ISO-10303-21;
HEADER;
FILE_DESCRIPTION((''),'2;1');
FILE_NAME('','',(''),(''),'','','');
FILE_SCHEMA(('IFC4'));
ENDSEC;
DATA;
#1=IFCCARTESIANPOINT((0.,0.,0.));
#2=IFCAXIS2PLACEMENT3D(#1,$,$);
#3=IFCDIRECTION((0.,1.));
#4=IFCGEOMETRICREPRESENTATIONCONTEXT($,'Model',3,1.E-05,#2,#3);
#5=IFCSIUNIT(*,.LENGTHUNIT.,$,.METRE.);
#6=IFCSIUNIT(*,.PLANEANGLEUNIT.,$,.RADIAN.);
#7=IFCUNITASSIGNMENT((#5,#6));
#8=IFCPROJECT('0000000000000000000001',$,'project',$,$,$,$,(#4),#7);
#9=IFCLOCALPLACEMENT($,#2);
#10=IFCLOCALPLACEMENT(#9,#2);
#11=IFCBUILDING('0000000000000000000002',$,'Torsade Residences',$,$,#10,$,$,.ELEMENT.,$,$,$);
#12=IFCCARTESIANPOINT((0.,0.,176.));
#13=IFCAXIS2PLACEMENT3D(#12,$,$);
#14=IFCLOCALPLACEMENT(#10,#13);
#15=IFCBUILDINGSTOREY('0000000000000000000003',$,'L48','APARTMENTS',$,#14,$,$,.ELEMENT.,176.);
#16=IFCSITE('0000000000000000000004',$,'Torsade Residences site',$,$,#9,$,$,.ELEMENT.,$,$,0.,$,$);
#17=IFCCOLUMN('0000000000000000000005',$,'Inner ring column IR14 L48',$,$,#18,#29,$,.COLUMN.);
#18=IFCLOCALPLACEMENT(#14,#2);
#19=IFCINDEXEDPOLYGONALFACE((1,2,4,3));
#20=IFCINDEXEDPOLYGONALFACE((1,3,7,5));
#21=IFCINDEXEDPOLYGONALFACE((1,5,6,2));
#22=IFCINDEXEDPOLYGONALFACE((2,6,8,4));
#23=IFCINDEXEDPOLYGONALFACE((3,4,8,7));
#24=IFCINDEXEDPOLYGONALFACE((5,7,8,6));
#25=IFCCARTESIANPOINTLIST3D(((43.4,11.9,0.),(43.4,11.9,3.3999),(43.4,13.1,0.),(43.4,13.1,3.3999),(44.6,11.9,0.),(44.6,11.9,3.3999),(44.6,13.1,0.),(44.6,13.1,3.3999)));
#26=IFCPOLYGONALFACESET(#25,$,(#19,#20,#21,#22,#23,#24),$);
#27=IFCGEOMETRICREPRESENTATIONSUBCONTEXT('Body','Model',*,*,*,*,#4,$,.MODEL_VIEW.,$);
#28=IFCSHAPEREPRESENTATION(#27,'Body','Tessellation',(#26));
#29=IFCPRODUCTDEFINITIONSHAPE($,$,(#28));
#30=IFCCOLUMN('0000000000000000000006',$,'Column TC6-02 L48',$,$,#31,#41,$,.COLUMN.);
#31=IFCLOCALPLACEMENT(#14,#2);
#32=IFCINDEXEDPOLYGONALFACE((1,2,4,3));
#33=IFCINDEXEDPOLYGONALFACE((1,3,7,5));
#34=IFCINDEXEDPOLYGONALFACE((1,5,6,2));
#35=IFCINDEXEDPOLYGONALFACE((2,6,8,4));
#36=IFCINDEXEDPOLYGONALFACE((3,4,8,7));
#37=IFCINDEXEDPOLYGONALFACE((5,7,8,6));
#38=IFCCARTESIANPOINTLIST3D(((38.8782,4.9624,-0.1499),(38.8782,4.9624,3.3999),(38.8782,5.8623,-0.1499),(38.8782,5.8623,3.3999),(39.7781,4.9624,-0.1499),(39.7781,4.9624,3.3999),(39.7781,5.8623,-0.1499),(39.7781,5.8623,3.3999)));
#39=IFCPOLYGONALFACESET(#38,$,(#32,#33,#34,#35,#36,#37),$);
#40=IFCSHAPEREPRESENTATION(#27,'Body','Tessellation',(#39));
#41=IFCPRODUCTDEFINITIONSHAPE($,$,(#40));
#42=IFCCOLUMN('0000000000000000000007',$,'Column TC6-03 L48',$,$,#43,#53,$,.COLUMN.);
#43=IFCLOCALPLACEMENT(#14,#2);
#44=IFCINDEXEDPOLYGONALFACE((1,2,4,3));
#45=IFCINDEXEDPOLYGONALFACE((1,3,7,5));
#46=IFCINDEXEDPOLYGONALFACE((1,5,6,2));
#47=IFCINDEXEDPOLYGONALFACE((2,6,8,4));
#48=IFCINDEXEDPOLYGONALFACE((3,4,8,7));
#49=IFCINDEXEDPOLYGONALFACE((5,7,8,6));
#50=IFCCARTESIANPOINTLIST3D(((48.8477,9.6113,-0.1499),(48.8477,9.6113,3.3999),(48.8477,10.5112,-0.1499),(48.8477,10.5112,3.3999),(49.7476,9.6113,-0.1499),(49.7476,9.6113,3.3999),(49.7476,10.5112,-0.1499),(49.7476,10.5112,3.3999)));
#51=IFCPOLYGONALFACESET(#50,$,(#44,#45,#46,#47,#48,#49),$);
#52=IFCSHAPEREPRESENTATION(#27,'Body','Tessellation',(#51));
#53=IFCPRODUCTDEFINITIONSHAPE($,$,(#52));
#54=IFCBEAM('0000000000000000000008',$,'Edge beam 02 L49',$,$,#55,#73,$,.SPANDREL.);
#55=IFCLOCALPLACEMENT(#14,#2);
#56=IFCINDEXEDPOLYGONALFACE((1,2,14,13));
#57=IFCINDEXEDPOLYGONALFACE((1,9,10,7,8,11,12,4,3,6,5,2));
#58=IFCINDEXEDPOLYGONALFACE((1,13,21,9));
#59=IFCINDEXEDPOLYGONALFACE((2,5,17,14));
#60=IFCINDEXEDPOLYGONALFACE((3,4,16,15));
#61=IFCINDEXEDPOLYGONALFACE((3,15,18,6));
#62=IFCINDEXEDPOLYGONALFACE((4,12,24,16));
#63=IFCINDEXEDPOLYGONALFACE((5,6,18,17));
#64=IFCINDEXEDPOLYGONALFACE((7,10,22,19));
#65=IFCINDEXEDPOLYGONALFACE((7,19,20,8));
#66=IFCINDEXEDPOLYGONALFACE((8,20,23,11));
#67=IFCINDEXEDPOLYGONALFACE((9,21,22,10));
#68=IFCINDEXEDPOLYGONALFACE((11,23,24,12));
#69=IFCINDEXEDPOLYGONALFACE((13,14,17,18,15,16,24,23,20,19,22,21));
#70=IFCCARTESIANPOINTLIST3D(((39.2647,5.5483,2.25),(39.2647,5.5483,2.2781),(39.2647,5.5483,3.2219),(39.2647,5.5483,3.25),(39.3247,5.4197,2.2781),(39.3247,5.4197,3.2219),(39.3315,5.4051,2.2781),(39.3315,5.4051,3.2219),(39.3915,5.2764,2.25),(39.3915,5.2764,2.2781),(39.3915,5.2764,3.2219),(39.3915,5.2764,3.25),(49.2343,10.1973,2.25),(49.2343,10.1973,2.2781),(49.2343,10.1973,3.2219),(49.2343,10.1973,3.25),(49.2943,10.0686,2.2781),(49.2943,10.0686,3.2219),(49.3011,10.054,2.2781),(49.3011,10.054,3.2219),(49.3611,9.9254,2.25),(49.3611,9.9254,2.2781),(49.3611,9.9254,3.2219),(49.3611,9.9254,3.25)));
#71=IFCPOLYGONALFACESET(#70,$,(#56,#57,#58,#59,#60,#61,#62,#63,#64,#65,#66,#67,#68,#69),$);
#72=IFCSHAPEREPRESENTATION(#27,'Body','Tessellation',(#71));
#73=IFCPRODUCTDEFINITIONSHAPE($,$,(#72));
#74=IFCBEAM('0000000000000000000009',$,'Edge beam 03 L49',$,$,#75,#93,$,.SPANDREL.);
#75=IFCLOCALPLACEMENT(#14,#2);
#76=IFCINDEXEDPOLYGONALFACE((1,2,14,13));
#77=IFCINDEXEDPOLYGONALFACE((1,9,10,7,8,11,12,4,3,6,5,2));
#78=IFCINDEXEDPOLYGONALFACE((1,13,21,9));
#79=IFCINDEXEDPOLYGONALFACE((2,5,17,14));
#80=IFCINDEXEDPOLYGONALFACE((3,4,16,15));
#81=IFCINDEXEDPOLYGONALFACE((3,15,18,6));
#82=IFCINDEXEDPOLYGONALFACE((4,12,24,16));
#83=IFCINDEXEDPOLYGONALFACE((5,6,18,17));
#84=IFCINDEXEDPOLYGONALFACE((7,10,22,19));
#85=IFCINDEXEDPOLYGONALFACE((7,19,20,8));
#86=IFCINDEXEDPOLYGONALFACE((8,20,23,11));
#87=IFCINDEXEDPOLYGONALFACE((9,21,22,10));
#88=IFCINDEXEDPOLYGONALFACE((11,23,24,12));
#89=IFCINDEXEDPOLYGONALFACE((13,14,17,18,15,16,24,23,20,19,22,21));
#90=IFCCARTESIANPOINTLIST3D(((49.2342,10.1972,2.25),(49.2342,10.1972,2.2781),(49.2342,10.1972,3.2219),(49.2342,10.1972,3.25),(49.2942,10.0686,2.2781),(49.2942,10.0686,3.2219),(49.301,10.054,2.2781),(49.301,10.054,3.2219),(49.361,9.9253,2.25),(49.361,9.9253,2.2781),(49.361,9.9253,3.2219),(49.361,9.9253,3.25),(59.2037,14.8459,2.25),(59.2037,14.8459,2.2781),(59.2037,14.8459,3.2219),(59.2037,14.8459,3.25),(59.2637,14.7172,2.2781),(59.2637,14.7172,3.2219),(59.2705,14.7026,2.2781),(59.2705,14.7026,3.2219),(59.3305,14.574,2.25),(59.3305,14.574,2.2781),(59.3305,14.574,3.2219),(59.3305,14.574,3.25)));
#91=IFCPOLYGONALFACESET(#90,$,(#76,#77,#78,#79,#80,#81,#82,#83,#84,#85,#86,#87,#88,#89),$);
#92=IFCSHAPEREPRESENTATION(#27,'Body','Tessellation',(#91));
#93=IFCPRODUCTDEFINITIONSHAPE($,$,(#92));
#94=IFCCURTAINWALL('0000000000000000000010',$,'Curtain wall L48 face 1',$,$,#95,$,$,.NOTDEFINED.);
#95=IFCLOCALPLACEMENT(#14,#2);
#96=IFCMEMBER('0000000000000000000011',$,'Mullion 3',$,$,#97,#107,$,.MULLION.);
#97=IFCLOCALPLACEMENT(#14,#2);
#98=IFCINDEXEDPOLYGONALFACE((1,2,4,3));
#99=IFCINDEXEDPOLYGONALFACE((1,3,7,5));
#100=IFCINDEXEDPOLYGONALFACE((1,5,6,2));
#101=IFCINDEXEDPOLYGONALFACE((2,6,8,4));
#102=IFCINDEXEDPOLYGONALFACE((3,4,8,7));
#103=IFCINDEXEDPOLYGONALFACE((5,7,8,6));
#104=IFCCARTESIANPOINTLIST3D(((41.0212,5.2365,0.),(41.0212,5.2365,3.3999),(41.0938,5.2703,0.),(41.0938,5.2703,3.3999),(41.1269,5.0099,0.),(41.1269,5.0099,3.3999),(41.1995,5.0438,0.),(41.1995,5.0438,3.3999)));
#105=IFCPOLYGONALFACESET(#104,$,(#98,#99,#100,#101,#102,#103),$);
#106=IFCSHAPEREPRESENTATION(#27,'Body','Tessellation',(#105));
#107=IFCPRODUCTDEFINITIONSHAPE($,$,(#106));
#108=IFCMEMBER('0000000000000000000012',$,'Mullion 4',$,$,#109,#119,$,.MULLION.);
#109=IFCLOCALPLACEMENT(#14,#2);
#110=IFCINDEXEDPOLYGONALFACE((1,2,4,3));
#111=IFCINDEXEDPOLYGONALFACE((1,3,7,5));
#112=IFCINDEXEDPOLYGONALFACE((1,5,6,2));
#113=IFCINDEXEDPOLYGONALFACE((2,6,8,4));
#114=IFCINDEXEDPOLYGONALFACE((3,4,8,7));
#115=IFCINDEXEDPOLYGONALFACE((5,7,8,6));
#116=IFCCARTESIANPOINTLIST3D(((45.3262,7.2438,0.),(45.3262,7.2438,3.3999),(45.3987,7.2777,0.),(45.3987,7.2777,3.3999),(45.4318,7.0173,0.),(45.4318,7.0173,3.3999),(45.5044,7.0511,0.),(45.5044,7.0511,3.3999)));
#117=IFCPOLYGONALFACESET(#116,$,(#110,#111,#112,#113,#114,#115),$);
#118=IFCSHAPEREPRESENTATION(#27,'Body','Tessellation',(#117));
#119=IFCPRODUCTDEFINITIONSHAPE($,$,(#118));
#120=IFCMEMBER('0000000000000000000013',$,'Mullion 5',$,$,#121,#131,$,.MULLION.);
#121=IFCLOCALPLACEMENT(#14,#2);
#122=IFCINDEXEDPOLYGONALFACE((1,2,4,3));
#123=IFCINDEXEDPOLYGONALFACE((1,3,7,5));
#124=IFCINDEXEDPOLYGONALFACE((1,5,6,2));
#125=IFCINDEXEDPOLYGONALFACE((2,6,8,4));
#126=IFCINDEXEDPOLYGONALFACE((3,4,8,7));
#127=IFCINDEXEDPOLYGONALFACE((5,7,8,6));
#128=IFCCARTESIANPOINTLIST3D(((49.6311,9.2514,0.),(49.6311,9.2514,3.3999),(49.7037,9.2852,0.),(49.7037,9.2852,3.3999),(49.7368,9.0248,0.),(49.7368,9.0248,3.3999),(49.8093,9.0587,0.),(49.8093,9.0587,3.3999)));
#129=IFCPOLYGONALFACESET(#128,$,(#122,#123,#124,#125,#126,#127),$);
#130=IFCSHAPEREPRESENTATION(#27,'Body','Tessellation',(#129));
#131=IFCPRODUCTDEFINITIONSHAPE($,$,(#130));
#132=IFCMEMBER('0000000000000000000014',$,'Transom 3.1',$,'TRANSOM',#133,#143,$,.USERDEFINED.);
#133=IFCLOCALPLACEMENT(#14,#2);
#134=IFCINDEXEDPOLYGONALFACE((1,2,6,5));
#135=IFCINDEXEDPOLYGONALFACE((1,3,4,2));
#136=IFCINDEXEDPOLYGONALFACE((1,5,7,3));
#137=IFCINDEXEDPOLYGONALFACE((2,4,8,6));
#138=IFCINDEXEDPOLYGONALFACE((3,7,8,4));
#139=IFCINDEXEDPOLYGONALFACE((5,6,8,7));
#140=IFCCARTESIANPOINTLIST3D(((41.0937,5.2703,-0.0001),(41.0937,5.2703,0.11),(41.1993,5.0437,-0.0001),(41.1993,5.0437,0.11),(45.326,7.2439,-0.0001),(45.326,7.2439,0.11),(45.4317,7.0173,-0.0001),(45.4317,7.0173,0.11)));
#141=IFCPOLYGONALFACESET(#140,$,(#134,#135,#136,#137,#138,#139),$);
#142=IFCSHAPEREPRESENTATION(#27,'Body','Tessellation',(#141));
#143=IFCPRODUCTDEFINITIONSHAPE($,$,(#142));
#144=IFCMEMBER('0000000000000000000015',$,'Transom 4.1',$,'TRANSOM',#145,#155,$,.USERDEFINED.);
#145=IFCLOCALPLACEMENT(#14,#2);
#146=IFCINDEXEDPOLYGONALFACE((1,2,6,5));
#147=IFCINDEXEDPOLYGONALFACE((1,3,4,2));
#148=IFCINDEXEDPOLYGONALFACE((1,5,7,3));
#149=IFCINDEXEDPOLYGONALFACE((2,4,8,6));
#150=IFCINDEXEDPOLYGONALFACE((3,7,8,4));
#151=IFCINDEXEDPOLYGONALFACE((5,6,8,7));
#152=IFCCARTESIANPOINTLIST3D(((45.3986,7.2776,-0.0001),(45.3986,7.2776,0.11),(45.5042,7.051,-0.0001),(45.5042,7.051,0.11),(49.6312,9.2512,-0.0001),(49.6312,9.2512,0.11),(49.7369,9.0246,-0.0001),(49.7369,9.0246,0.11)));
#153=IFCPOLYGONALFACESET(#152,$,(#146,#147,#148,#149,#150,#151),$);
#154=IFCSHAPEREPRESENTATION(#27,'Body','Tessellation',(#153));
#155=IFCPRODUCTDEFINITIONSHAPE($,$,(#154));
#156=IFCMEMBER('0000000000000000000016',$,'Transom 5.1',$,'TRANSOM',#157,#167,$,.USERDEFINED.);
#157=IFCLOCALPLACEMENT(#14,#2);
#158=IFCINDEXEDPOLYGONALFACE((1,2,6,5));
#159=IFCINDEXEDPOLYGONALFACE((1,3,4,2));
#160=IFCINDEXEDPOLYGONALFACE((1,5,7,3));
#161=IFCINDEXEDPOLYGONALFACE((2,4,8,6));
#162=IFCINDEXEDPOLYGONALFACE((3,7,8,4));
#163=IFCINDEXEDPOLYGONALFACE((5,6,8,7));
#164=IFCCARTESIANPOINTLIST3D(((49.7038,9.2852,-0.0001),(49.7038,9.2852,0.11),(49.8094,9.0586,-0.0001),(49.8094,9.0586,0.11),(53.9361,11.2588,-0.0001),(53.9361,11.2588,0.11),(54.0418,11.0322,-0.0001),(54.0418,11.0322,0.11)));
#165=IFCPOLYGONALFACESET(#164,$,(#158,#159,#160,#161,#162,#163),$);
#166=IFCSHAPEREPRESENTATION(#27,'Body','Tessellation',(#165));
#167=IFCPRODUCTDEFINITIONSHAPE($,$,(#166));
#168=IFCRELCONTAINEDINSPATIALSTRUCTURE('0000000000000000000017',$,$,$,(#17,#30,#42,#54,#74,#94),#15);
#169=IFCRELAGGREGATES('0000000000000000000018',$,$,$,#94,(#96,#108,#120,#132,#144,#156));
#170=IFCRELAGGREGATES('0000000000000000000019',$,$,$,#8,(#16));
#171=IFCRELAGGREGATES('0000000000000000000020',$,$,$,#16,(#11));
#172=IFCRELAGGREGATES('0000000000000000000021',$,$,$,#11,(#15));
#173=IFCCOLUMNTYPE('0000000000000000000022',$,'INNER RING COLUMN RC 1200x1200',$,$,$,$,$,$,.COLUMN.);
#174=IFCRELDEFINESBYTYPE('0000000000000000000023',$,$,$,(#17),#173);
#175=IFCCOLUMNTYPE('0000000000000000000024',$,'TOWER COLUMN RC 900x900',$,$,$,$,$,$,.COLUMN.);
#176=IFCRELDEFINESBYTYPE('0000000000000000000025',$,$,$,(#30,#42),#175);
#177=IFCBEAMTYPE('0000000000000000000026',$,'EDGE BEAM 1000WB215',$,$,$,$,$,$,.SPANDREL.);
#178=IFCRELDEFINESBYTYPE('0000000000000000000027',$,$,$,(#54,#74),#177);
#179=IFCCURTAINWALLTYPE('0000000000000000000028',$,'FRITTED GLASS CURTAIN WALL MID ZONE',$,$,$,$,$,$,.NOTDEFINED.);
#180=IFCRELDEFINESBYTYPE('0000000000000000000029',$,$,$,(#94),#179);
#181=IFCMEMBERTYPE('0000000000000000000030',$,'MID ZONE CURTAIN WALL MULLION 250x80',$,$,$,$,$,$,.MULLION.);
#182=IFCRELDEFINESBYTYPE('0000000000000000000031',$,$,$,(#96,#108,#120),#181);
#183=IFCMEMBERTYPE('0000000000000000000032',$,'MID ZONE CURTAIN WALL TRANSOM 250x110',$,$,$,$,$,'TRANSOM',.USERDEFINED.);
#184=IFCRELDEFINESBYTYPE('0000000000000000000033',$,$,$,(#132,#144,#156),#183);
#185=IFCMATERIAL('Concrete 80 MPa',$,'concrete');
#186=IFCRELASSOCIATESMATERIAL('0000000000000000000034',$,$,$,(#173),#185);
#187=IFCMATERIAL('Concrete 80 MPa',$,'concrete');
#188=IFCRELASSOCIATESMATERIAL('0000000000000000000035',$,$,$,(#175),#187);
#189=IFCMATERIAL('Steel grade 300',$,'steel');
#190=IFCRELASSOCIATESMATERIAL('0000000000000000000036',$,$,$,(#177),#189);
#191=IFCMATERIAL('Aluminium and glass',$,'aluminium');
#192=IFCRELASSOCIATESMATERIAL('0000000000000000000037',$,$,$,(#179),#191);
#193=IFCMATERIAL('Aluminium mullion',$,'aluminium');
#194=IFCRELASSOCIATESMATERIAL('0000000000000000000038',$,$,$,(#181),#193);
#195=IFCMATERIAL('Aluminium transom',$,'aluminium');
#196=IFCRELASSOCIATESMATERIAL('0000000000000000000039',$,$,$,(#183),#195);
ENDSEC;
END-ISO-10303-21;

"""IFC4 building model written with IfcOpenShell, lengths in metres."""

from ifc_helpers import new_model, si_unit, direction, frame, origin, origin_2d, place, context, subcontext, project, spatial, rectangle, i_section, extrude, material, material_profile, profile_set, type_object, element, aggregate, save


model = new_model("IFC4")

# Units and contexts
model_context = context("Model", 3, precision=1e-05, world=origin(), true_north=direction((0.0, 1.0)))
body_context = subcontext(model_context, "Body", "Model", "MODEL_VIEW")
ifc_project = project(units=[si_unit("LENGTHUNIT", "METRE"), si_unit("PLANEANGLEUNIT", "RADIAN")], contexts=[model_context])

# Site, building, storey
site_placement = place(None, origin())
site = spatial("IfcSite", under=ifc_project, at=site_placement, Name="Torsade Residences site", CompositionType="ELEMENT", RefElevation=0.0)
building_placement = place(site_placement, origin())
building = spatial("IfcBuilding", under=site, at=building_placement, Name="Torsade Residences", CompositionType="ELEMENT")
storey_placement = place(building_placement, frame((0.0, 0.0, 176.0)))
storey = spatial("IfcBuildingStorey", under=building, at=storey_placement, Name="L48", Description="APARTMENTS", CompositionType="ELEMENT", Elevation=176.0)

# Columns
ifc_material_1 = material(Name="Concrete 80 MPa", Category="concrete")
ifc_material_profile_1 = material_profile(ifc_material_1, rectangle(XDim=1.2, YDim=1.2, at=origin_2d()), Name="RC 1200x1200")
ifc_profile_set_1 = profile_set([ifc_material_profile_1], Name="Concrete 80 MPa")
column_type_1 = type_object("IfcColumnType", Name="INNER RING COLUMN RC 1200x1200", PredefinedType="COLUMN", material=ifc_profile_set_1)
column_placement = place(storey_placement, frame((44.0, 12.5, 0.0), z_axis=(0.0, 0.0, 1.0), x_axis=(1.0, 0.0, 0.0)))
element("IfcColumn", 1, at=column_placement, inside=storey, type_object=column_type_1, Name="Inner ring column IR14 L48", PredefinedType="COLUMN", context=body_context, shape_type="SweptSolid", body=[
    extrude(rectangle(XDim=1.2, YDim=1.2, at=origin_2d()), origin(), (0.0, 0.0, 1.0), 3.3999),
])
ifc_material_2 = material(Name="Concrete 80 MPa", Category="concrete")
ifc_material_profile_2 = material_profile(ifc_material_2, rectangle(XDim=0.8999, YDim=0.8999, at=origin_2d()), Name="RC 900x900")
ifc_profile_set_2 = profile_set([ifc_material_profile_2], Name="Concrete 80 MPa")
column_type_2 = type_object("IfcColumnType", Name="TOWER COLUMN RC 900x900", PredefinedType="COLUMN", material=ifc_profile_set_2)
for number, where, z_axis, x_axis, name in (
    (2, (39.3281, 5.4124, -0.1499), (0.0, 0.0, 1.0), (1.0, 0.0, 0.0), "Column TC6-02 L48"),
    (3, (49.2976, 10.0613, -0.1499), (0.0, 0.0, 1.0), (1.0, 0.0, 0.0), "Column TC6-03 L48"),
):
    element("IfcColumn", number, at=place(storey_placement, frame(where, z_axis=z_axis, x_axis=x_axis)), inside=storey, type_object=column_type_2, Name=name, PredefinedType="COLUMN", context=body_context, shape_type="SweptSolid", body=[
        extrude(rectangle(XDim=0.8999, YDim=0.8999, at=origin_2d()), origin(), (0.0, 0.0, 1.0), 3.5498),
    ])

# Beams
ifc_material_3 = material(Name="Steel grade 300", Category="steel")
ifc_material_profile_3 = material_profile(ifc_material_3, i_section(OverallWidth=0.3, OverallDepth=1.0, WebThickness=0.0161, FlangeThickness=0.0281, at=origin_2d()), Name="1000WB215")
ifc_profile_set_3 = profile_set([ifc_material_profile_3], Name="Steel grade 300")
beam_type_1 = type_object("IfcBeamType", Name="EDGE BEAM 1000WB215", PredefinedType="SPANDREL", material=ifc_profile_set_3)
beam_1_placement = place(storey_placement, frame((39.3281, 5.4124, 2.75), z_axis=(0.906305, 0.422624, 0.0), x_axis=(-0.422624, 0.906305, 0.0)))
element("IfcBeam", 4, at=beam_1_placement, inside=storey, type_object=beam_type_1, Name="Edge beam 02 L49", PredefinedType="SPANDREL", context=body_context, shape_type="SweptSolid", body=[
    extrude(i_section(OverallWidth=0.3, OverallDepth=1.0, WebThickness=0.0161, FlangeThickness=0.0281, at=origin_2d()), origin(), (0.0, 0.0, 1.0), 11.0002),
])
beam_2_placement = place(storey_placement, frame((49.2976, 10.0613, 2.75), z_axis=(0.906314, 0.422606, 0.0), x_axis=(-0.422606, 0.906314, 0.0)))
element("IfcBeam", 5, at=beam_2_placement, inside=storey, type_object=beam_type_1, Name="Edge beam 03 L49", PredefinedType="SPANDREL", context=body_context, shape_type="SweptSolid", body=[
    extrude(i_section(OverallWidth=0.3, OverallDepth=1.0, WebThickness=0.0161, FlangeThickness=0.0281, at=origin_2d()), origin(), (0.0, 0.0, 1.0), 11.0),
])

# Curtain wall, members
ifc_material_4 = material(Name="Aluminium and glass", Category="aluminium")
curtain_wall_type = type_object("IfcCurtainWallType", Name="FRITTED GLASS CURTAIN WALL MID ZONE", PredefinedType="NOTDEFINED", material=ifc_material_4)
curtain_wall_placement = place(storey_placement, origin())
curtain_wall = element("IfcCurtainWall", 6, at=curtain_wall_placement, inside=storey, type_object=curtain_wall_type, Name="Curtain wall L48 face 1", PredefinedType="NOTDEFINED")
ifc_material_5 = material(Name="Aluminium mullion", Category="aluminium")
ifc_material_profile_4 = material_profile(ifc_material_5, rectangle(XDim=0.25, YDim=0.0801, at=origin_2d()), Name="MID ZONE CURTAIN WALL MULLION 250x80")
ifc_profile_set_4 = profile_set([ifc_material_profile_4], Name="Aluminium mullion")
member_type_1 = type_object("IfcMemberType", Name="MID ZONE CURTAIN WALL MULLION 250x80", PredefinedType="MULLION", material=ifc_profile_set_4)
member_1_placement = place(storey_placement, frame((41.1104, 5.1401, 0.0), z_axis=(0.0, 0.0, 1.0), x_axis=(-0.422618, 0.906308, 0.0)))
member_1 = element("IfcMember", 7, at=member_1_placement, type_object=member_type_1, Name="Mullion 3", PredefinedType="MULLION", context=body_context, shape_type="SweptSolid", body=[
    extrude(rectangle(XDim=0.25, YDim=0.0801, at=origin_2d()), origin(), (0.0, 0.0, 1.0), 3.3999),
])
member_2_placement = place(storey_placement, frame((45.4153, 7.1475, 0.0), z_axis=(0.0, 0.0, 1.0), x_axis=(-0.422618, 0.906308, 0.0)))
member_2 = element("IfcMember", 8, at=member_2_placement, type_object=member_type_1, Name="Mullion 4", PredefinedType="MULLION", context=body_context, shape_type="SweptSolid", body=[
    extrude(rectangle(XDim=0.25, YDim=0.0801, at=origin_2d()), origin(), (0.0, 0.0, 1.0), 3.3999),
])
member_3_placement = place(storey_placement, frame((49.7202, 9.155, 0.0), z_axis=(0.0, 0.0, 1.0), x_axis=(-0.422618, 0.906308, 0.0)))
member_3 = element("IfcMember", 9, at=member_3_placement, type_object=member_type_1, Name="Mullion 5", PredefinedType="MULLION", context=body_context, shape_type="SweptSolid", body=[
    extrude(rectangle(XDim=0.25, YDim=0.0801, at=origin_2d()), origin(), (0.0, 0.0, 1.0), 3.3999),
])
ifc_material_6 = material(Name="Aluminium transom", Category="aluminium")
ifc_material_profile_5 = material_profile(ifc_material_6, rectangle(XDim=0.25, YDim=0.1101, at=origin_2d()), Name="MID ZONE CURTAIN WALL TRANSOM 250x110")
ifc_profile_set_5 = profile_set([ifc_material_profile_5], Name="Aluminium transom")
member_type_2 = type_object("IfcMemberType", Name="MID ZONE CURTAIN WALL TRANSOM 250x110", ElementType="TRANSOM", PredefinedType="USERDEFINED", material=ifc_profile_set_5)
member_4_placement = place(storey_placement, frame((41.1465, 5.157, 0.0549), z_axis=(0.906306, 0.422622, 0.0), x_axis=(-0.422622, 0.906306, 0.0)))
member_4 = element("IfcMember", 10, at=member_4_placement, type_object=member_type_2, Name="Transom 3.1", ObjectType="TRANSOM", PredefinedType="USERDEFINED", context=body_context, shape_type="SweptSolid", body=[
    extrude(rectangle(XDim=0.25, YDim=0.1101, at=origin_2d()), origin(), (0.0, 0.0, 1.0), 4.6699),
])
member_5_placement = place(storey_placement, frame((45.4514, 7.1643, 0.0549), z_axis=(0.906315, 0.422602, 0.0), x_axis=(-0.422602, 0.906315, 0.0)))
member_5 = element("IfcMember", 11, at=member_5_placement, type_object=member_type_2, Name="Transom 4.1", ObjectType="TRANSOM", PredefinedType="USERDEFINED", context=body_context, shape_type="SweptSolid", body=[
    extrude(rectangle(XDim=0.25, YDim=0.1101, at=origin_2d()), origin(), (0.0, 0.0, 1.0), 4.6702),
])
member_6_placement = place(storey_placement, frame((49.7566, 9.1719, 0.0549), z_axis=(0.906306, 0.422622, 0.0), x_axis=(-0.422622, 0.906306, 0.0)))
member_6 = element("IfcMember", 12, at=member_6_placement, type_object=member_type_2, Name="Transom 5.1", ObjectType="TRANSOM", PredefinedType="USERDEFINED", context=body_context, shape_type="SweptSolid", body=[
    extrude(rectangle(XDim=0.25, YDim=0.1101, at=origin_2d()), origin(), (0.0, 0.0, 1.0), 4.6699),
])

aggregate(curtain_wall, [member_1, member_2, member_3, member_4, member_5, member_6])

save(model, "model.ifc")
